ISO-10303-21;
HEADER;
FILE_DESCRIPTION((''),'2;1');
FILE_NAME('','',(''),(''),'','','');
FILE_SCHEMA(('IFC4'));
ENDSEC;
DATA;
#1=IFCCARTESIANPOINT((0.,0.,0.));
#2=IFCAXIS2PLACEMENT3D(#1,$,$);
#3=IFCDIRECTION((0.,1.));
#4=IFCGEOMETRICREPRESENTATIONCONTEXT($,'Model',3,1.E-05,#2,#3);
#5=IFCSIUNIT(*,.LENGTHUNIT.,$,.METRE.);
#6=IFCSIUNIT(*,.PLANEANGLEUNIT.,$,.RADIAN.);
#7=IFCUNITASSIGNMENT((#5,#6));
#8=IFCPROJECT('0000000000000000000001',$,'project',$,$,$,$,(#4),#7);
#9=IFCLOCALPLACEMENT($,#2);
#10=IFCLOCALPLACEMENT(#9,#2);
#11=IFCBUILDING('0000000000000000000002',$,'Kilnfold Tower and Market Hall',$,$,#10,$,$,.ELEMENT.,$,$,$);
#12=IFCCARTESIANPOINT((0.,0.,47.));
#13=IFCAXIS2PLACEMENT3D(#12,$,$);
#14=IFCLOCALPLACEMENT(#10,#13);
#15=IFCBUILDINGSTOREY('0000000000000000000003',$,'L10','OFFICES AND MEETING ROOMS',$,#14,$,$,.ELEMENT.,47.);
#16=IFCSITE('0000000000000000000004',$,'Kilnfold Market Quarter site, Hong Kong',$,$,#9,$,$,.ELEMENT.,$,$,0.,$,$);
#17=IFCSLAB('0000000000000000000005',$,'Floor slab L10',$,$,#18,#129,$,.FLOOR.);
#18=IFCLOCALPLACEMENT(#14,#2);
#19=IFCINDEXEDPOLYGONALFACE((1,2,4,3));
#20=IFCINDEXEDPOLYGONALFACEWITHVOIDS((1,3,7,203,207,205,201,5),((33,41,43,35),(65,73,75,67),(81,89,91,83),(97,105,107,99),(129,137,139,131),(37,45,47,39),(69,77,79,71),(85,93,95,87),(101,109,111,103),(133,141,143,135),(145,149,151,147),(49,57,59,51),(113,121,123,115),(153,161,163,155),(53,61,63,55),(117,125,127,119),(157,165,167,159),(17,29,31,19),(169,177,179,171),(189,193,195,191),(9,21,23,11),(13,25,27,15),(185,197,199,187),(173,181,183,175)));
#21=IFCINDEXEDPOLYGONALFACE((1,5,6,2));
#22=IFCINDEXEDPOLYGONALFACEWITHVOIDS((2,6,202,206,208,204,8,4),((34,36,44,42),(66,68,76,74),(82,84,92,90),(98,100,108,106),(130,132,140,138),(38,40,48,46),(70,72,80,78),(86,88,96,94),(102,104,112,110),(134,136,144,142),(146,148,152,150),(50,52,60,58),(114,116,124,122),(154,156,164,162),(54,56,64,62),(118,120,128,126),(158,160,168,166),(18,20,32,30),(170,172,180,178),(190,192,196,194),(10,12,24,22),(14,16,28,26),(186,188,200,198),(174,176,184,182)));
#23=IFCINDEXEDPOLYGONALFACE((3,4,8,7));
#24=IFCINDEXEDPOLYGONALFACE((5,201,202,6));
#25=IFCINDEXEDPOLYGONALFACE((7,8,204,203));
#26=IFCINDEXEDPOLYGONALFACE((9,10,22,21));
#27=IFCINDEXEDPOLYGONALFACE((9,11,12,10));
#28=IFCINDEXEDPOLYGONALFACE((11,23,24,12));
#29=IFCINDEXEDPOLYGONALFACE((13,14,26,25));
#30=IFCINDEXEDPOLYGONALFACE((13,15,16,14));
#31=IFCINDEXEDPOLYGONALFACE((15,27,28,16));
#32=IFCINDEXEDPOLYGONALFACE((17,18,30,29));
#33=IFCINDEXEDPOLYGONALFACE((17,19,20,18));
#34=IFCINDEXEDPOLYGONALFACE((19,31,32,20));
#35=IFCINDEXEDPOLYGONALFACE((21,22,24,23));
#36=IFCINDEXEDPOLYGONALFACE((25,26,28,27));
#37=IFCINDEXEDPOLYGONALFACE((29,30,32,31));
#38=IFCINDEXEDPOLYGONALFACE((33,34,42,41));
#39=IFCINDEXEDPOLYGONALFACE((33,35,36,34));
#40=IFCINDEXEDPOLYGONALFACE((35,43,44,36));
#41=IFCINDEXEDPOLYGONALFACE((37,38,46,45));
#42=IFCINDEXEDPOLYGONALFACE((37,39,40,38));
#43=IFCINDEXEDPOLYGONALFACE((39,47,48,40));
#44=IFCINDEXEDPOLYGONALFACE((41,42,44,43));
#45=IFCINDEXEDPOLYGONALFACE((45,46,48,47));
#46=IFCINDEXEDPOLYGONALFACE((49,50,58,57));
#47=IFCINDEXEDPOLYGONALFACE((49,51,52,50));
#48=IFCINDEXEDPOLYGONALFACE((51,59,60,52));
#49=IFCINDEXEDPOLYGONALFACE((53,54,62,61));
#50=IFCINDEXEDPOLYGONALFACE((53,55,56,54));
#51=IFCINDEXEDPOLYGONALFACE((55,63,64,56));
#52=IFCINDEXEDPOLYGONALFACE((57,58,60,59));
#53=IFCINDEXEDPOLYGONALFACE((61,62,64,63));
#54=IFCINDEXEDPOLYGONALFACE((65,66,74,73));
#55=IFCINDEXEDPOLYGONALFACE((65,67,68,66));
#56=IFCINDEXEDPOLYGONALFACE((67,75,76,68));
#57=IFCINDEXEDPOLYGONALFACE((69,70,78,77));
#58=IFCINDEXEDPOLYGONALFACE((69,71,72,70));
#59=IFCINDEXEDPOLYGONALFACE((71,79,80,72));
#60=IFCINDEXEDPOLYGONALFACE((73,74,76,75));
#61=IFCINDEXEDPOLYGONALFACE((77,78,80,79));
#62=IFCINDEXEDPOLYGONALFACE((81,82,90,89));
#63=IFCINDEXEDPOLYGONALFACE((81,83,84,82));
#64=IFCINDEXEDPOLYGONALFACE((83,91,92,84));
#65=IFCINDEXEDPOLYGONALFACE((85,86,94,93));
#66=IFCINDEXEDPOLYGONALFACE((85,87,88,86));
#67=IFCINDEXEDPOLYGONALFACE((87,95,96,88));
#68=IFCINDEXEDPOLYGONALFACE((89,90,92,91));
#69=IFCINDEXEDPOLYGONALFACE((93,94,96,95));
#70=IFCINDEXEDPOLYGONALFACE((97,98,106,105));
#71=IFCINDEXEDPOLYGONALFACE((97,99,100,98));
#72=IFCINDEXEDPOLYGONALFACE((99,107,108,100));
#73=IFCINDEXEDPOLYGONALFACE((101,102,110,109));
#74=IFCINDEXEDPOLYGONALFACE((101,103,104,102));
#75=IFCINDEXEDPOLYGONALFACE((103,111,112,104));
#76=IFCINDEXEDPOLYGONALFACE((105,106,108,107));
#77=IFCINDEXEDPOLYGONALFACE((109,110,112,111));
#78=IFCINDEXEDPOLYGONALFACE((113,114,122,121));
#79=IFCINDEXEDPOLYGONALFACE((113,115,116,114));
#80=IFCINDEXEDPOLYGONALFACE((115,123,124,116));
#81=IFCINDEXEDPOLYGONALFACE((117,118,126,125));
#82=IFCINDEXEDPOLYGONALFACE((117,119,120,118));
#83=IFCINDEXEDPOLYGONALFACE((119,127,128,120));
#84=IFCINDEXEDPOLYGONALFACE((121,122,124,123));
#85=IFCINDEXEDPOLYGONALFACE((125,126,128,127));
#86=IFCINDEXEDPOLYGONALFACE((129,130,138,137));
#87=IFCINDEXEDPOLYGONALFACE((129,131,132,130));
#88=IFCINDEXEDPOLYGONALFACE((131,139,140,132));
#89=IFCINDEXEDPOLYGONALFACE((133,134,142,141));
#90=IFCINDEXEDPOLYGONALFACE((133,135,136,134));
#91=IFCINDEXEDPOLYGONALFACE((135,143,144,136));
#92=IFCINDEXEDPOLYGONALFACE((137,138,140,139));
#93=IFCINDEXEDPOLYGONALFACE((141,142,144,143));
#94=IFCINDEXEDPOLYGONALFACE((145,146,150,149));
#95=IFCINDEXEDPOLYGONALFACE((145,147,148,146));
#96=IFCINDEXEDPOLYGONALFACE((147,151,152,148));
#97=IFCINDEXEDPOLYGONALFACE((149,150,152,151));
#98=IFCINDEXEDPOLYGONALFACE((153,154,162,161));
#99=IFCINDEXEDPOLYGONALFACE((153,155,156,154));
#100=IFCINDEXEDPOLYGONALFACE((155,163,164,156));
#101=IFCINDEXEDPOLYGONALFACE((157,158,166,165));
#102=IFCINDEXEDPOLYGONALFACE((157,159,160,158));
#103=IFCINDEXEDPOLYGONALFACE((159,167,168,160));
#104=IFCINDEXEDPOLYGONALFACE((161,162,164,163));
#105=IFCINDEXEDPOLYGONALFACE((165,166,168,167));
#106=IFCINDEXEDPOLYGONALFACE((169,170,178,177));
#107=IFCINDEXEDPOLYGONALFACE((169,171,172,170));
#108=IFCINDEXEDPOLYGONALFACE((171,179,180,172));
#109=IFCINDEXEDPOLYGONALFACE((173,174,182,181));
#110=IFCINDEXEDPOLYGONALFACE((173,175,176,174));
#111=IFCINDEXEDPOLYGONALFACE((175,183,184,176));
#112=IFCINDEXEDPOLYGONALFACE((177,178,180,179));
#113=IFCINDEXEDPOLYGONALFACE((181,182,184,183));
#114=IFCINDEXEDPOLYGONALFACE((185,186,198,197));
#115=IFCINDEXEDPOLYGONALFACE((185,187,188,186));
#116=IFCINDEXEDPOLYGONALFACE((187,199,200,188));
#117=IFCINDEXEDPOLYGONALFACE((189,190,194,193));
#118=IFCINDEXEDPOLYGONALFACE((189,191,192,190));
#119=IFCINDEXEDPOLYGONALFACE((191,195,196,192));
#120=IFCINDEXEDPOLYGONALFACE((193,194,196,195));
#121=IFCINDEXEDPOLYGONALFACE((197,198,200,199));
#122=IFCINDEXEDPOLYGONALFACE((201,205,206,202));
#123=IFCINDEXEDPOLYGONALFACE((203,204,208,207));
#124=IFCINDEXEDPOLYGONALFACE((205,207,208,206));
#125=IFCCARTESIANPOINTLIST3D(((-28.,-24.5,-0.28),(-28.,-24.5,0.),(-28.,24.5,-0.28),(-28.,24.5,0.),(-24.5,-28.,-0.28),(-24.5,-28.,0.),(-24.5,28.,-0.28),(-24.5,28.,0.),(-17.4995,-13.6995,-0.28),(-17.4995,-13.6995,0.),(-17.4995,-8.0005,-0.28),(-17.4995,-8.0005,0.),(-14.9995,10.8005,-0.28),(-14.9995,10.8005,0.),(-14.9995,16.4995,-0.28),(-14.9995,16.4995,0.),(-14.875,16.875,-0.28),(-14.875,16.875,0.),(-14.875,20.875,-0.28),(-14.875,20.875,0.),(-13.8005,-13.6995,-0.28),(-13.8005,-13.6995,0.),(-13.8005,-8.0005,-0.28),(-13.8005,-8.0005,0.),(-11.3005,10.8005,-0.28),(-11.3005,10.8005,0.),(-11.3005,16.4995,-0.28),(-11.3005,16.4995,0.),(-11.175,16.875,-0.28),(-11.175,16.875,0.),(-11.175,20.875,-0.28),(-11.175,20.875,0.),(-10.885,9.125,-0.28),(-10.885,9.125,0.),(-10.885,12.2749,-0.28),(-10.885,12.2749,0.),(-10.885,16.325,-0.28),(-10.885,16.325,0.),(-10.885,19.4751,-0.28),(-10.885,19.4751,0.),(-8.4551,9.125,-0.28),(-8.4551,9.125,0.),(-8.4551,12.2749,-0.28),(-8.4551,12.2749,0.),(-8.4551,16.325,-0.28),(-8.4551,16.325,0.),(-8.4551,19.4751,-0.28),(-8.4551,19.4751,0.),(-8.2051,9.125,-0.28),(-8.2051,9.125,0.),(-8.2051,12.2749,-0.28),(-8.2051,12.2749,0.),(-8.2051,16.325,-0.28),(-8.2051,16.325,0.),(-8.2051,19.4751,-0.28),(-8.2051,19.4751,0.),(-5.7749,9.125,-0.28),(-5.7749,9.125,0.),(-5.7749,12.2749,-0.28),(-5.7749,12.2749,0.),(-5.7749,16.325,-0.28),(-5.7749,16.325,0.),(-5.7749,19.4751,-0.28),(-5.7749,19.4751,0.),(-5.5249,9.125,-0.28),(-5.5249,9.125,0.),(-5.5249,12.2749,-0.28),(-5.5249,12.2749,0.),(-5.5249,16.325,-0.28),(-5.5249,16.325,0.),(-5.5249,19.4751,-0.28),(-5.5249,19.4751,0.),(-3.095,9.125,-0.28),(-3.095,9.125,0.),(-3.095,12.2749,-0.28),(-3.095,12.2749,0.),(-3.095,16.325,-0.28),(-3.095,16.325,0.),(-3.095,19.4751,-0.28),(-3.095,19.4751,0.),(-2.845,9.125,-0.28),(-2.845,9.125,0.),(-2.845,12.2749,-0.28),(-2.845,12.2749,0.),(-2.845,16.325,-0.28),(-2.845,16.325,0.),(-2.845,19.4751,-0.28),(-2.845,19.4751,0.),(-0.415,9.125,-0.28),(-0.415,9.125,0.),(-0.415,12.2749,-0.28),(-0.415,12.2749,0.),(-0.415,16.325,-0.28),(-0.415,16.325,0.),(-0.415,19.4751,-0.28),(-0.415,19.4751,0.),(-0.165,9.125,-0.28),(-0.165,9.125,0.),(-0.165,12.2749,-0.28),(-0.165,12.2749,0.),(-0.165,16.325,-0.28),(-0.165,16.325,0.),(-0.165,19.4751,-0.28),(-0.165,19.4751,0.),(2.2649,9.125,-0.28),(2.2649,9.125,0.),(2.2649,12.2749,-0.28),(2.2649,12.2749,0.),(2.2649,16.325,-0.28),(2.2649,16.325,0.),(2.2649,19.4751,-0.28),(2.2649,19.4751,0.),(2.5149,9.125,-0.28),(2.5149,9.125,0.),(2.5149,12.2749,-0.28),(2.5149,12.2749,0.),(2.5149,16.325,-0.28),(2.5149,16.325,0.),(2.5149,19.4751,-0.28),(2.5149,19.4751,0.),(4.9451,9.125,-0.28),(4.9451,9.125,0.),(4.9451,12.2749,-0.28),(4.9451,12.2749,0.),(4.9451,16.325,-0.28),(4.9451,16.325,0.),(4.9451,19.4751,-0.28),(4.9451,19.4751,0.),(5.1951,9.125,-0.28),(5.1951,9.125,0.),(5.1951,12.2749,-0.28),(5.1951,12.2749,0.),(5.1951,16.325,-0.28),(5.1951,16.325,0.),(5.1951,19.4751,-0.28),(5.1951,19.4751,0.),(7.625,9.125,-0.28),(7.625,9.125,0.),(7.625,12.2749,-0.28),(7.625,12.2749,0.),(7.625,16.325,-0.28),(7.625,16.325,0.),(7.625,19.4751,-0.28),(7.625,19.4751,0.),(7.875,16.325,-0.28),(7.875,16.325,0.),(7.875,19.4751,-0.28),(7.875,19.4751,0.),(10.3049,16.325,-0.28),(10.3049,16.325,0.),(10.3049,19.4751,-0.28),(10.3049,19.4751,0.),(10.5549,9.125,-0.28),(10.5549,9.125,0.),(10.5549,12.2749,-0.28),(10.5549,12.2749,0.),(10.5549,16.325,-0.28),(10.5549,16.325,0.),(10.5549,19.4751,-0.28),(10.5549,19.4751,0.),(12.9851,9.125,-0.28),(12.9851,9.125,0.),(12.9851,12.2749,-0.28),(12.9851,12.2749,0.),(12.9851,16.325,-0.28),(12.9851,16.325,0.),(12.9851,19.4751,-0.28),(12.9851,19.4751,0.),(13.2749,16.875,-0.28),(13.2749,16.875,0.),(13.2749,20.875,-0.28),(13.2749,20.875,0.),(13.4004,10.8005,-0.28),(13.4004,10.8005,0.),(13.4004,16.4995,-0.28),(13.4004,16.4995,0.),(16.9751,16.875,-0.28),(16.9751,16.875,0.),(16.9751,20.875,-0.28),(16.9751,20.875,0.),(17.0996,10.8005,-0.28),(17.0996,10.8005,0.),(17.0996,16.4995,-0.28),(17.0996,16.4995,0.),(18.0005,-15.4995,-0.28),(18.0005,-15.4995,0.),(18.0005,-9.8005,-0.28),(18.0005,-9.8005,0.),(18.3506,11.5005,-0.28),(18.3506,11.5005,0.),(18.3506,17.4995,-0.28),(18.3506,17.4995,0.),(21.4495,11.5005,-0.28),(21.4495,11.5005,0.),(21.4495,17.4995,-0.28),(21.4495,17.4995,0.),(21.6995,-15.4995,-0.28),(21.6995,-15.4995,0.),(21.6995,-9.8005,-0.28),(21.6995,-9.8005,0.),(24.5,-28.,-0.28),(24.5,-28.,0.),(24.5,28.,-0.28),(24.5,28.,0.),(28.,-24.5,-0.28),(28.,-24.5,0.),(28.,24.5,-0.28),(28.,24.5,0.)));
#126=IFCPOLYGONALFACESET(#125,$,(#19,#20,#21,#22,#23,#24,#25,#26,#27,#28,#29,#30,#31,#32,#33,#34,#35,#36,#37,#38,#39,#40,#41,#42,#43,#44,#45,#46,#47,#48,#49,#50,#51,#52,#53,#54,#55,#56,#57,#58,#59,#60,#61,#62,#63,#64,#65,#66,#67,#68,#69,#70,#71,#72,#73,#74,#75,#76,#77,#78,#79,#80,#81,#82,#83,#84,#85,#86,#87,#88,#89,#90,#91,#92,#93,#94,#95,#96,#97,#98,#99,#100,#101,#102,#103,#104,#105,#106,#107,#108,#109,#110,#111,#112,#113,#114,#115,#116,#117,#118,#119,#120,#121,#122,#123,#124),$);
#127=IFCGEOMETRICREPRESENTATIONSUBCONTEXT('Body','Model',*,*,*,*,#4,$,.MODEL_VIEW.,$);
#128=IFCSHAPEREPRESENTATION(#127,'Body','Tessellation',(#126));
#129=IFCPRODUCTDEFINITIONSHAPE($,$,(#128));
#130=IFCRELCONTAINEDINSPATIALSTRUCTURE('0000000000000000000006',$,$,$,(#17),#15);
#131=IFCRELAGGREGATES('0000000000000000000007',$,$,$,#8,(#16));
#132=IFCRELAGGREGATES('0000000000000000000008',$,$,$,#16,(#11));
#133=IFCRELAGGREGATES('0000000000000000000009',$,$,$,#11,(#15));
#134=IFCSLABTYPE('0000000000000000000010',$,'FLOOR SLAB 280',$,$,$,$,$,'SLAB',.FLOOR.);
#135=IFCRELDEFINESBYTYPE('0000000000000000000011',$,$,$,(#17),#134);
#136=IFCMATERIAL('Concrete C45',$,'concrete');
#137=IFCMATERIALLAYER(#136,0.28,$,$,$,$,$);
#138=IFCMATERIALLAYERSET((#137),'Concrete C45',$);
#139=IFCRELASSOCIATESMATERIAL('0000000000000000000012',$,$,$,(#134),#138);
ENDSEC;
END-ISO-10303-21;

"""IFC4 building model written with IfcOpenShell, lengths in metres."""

from ifc_helpers import new_model, si_unit, direction, frame, origin, place, context, subcontext, project, spatial, polyline, outline, extrude, source, transform, mapped, material, layer, layer_set, type_object, element, save


model = new_model("IFC4")

# Units and contexts
model_context = context("Model", 3, precision=1e-05, world=origin(), true_north=direction((0.0, 1.0)))
body_context = subcontext(model_context, "Body", "Model", "MODEL_VIEW")
ifc_project = project(units=[si_unit("LENGTHUNIT", "METRE"), si_unit("PLANEANGLEUNIT", "RADIAN")], contexts=[model_context])

# Site, building, storey
site_placement = place(None, origin())
site = spatial("IfcSite", under=ifc_project, at=site_placement, Name="Kilnfold Market Quarter site, Hong Kong", CompositionType="ELEMENT", RefElevation=0.0)
building_placement = place(site_placement, origin())
building = spatial("IfcBuilding", under=site, at=building_placement, Name="Kilnfold Tower and Market Hall", CompositionType="ELEMENT")
storey_placement = place(building_placement, frame((0.0, 0.0, 47.0)))
storey = spatial("IfcBuildingStorey", under=building, at=storey_placement, Name="L10", Description="OFFICES AND MEETING ROOMS", CompositionType="ELEMENT", Elevation=47.0)

# Slab
ifc_material_1 = material(Name="Concrete C45", Category="concrete")
ifc_layer_1 = layer(ifc_material_1, 0.28)
ifc_layer_set_1 = layer_set([ifc_layer_1], Name="Concrete C45")
slab_type_1 = type_object("IfcSlabType", Name="FLOOR SLAB 280", ElementType="SLAB", PredefinedType="FLOOR", material=ifc_layer_set_1)
shared_shape_1 = source(origin(), body_context, "Body", "SweptSolid", [
    extrude(outline(polyline([(-24.5, -28.0), (24.5, -28.0), (28.0, -24.5), (28.0, 24.5), (24.5, 28.0), (-24.5, 28.0), (-28.0, 24.5), (-28.0, -24.5), (-24.5, -28.0)]), holes=[polyline([(-13.8005, -13.6995), (-17.4995, -13.6995), (-17.4995, -8.0005), (-13.8005, -8.0005), (-13.8005, -13.6995)]), polyline([(-14.9995, 10.8005), (-14.9995, 16.4995), (-11.3005, 16.4995), (-11.3005, 10.8005), (-14.9995, 10.8005)]), polyline([(-14.875, 16.875), (-14.875, 20.875), (-11.175, 20.875), (-11.175, 16.875), (-14.875, 16.875)]), polyline([(-10.885, 9.125), (-10.885, 12.2749), (-8.4551, 12.2749), (-8.4551, 9.125), (-10.885, 9.125)]), polyline([(-8.4551, 16.325), (-10.885, 16.325), (-10.885, 19.4751), (-8.4551, 19.4751), (-8.4551, 16.325)]), polyline([(-8.2051, 9.125), (-8.2051, 12.2749), (-5.7749, 12.2749), (-5.7749, 9.125), (-8.2051, 9.125)]), polyline([(-8.2051, 16.325), (-8.2051, 19.4751), (-5.7749, 19.4751), (-5.7749, 16.325), (-8.2051, 16.325)]), polyline([(-3.095, 9.125), (-5.5249, 9.125), (-5.5249, 12.2749), (-3.095, 12.2749), (-3.095, 9.125)]), polyline([(-5.5249, 16.325), (-5.5249, 19.4751), (-3.095, 19.4751), (-3.095, 16.325), (-5.5249, 16.325)]), polyline([(-2.845, 9.125), (-2.845, 12.2749), (-0.415, 12.2749), (-0.415, 9.125), (-2.845, 9.125)]), polyline([(-0.415, 16.325), (-2.845, 16.325), (-2.845, 19.4751), (-0.415, 19.4751), (-0.415, 16.325)]), polyline([(-0.165, 9.125), (-0.165, 12.2749), (2.2649, 12.2749), (2.2649, 9.125), (-0.165, 9.125)]), polyline([(-0.165, 16.325), (-0.165, 19.4751), (2.2649, 19.4751), (2.2649, 16.325), (-0.165, 16.325)]), polyline([(2.5149, 9.125), (2.5149, 12.2749), (4.9451, 12.2749), (4.9451, 9.125), (2.5149, 9.125)]), polyline([(2.5149, 16.325), (2.5149, 19.4751), (4.9451, 19.4751), (4.9451, 16.325), (2.5149, 16.325)]), polyline([(7.625, 9.125), (5.1951, 9.125), (5.1951, 12.2749), (7.625, 12.2749), (7.625, 9.125)]), polyline([(5.1951, 16.325), (5.1951, 19.4751), (7.625, 19.4751), (7.625, 16.325), (5.1951, 16.325)]), polyline([(10.3049, 16.325), (7.875, 16.325), (7.875, 19.4751), (10.3049, 19.4751), (10.3049, 16.325)]), polyline([(10.5549, 9.125), (10.5549, 12.2749), (12.9851, 12.2749), (12.9851, 9.125), (10.5549, 9.125)]), polyline([(10.5549, 16.325), (10.5549, 19.4751), (12.9851, 19.4751), (12.9851, 16.325), (10.5549, 16.325)]), polyline([(13.2749, 16.875), (13.2749, 20.875), (16.9751, 20.875), (16.9751, 16.875), (13.2749, 16.875)]), polyline([(13.4004, 10.8005), (13.4004, 16.4995), (17.0996, 16.4995), (17.0996, 10.8005), (13.4004, 10.8005)]), polyline([(18.0005, -9.8005), (21.6995, -9.8005), (21.6995, -15.4995), (18.0005, -15.4995), (18.0005, -9.8005)]), polyline([(21.4495, 11.5005), (18.3506, 11.5005), (18.3506, 17.4995), (21.4495, 17.4995), (21.4495, 11.5005)])]), origin(), (0.0, 0.0, 1.0), 0.28),
])
slab_1_placement = place(storey_placement, frame((0.0, 0.0, -0.28)))
element("IfcSlab", 1, at=slab_1_placement, inside=storey, type_object=slab_type_1, Name="Floor slab L10", PredefinedType="FLOOR", context=body_context, shape_type="MappedRepresentation", body=[
    mapped(shared_shape_1, transform((0.0, 0.0, 0.0))),
])

save(model, "model.ifc")
